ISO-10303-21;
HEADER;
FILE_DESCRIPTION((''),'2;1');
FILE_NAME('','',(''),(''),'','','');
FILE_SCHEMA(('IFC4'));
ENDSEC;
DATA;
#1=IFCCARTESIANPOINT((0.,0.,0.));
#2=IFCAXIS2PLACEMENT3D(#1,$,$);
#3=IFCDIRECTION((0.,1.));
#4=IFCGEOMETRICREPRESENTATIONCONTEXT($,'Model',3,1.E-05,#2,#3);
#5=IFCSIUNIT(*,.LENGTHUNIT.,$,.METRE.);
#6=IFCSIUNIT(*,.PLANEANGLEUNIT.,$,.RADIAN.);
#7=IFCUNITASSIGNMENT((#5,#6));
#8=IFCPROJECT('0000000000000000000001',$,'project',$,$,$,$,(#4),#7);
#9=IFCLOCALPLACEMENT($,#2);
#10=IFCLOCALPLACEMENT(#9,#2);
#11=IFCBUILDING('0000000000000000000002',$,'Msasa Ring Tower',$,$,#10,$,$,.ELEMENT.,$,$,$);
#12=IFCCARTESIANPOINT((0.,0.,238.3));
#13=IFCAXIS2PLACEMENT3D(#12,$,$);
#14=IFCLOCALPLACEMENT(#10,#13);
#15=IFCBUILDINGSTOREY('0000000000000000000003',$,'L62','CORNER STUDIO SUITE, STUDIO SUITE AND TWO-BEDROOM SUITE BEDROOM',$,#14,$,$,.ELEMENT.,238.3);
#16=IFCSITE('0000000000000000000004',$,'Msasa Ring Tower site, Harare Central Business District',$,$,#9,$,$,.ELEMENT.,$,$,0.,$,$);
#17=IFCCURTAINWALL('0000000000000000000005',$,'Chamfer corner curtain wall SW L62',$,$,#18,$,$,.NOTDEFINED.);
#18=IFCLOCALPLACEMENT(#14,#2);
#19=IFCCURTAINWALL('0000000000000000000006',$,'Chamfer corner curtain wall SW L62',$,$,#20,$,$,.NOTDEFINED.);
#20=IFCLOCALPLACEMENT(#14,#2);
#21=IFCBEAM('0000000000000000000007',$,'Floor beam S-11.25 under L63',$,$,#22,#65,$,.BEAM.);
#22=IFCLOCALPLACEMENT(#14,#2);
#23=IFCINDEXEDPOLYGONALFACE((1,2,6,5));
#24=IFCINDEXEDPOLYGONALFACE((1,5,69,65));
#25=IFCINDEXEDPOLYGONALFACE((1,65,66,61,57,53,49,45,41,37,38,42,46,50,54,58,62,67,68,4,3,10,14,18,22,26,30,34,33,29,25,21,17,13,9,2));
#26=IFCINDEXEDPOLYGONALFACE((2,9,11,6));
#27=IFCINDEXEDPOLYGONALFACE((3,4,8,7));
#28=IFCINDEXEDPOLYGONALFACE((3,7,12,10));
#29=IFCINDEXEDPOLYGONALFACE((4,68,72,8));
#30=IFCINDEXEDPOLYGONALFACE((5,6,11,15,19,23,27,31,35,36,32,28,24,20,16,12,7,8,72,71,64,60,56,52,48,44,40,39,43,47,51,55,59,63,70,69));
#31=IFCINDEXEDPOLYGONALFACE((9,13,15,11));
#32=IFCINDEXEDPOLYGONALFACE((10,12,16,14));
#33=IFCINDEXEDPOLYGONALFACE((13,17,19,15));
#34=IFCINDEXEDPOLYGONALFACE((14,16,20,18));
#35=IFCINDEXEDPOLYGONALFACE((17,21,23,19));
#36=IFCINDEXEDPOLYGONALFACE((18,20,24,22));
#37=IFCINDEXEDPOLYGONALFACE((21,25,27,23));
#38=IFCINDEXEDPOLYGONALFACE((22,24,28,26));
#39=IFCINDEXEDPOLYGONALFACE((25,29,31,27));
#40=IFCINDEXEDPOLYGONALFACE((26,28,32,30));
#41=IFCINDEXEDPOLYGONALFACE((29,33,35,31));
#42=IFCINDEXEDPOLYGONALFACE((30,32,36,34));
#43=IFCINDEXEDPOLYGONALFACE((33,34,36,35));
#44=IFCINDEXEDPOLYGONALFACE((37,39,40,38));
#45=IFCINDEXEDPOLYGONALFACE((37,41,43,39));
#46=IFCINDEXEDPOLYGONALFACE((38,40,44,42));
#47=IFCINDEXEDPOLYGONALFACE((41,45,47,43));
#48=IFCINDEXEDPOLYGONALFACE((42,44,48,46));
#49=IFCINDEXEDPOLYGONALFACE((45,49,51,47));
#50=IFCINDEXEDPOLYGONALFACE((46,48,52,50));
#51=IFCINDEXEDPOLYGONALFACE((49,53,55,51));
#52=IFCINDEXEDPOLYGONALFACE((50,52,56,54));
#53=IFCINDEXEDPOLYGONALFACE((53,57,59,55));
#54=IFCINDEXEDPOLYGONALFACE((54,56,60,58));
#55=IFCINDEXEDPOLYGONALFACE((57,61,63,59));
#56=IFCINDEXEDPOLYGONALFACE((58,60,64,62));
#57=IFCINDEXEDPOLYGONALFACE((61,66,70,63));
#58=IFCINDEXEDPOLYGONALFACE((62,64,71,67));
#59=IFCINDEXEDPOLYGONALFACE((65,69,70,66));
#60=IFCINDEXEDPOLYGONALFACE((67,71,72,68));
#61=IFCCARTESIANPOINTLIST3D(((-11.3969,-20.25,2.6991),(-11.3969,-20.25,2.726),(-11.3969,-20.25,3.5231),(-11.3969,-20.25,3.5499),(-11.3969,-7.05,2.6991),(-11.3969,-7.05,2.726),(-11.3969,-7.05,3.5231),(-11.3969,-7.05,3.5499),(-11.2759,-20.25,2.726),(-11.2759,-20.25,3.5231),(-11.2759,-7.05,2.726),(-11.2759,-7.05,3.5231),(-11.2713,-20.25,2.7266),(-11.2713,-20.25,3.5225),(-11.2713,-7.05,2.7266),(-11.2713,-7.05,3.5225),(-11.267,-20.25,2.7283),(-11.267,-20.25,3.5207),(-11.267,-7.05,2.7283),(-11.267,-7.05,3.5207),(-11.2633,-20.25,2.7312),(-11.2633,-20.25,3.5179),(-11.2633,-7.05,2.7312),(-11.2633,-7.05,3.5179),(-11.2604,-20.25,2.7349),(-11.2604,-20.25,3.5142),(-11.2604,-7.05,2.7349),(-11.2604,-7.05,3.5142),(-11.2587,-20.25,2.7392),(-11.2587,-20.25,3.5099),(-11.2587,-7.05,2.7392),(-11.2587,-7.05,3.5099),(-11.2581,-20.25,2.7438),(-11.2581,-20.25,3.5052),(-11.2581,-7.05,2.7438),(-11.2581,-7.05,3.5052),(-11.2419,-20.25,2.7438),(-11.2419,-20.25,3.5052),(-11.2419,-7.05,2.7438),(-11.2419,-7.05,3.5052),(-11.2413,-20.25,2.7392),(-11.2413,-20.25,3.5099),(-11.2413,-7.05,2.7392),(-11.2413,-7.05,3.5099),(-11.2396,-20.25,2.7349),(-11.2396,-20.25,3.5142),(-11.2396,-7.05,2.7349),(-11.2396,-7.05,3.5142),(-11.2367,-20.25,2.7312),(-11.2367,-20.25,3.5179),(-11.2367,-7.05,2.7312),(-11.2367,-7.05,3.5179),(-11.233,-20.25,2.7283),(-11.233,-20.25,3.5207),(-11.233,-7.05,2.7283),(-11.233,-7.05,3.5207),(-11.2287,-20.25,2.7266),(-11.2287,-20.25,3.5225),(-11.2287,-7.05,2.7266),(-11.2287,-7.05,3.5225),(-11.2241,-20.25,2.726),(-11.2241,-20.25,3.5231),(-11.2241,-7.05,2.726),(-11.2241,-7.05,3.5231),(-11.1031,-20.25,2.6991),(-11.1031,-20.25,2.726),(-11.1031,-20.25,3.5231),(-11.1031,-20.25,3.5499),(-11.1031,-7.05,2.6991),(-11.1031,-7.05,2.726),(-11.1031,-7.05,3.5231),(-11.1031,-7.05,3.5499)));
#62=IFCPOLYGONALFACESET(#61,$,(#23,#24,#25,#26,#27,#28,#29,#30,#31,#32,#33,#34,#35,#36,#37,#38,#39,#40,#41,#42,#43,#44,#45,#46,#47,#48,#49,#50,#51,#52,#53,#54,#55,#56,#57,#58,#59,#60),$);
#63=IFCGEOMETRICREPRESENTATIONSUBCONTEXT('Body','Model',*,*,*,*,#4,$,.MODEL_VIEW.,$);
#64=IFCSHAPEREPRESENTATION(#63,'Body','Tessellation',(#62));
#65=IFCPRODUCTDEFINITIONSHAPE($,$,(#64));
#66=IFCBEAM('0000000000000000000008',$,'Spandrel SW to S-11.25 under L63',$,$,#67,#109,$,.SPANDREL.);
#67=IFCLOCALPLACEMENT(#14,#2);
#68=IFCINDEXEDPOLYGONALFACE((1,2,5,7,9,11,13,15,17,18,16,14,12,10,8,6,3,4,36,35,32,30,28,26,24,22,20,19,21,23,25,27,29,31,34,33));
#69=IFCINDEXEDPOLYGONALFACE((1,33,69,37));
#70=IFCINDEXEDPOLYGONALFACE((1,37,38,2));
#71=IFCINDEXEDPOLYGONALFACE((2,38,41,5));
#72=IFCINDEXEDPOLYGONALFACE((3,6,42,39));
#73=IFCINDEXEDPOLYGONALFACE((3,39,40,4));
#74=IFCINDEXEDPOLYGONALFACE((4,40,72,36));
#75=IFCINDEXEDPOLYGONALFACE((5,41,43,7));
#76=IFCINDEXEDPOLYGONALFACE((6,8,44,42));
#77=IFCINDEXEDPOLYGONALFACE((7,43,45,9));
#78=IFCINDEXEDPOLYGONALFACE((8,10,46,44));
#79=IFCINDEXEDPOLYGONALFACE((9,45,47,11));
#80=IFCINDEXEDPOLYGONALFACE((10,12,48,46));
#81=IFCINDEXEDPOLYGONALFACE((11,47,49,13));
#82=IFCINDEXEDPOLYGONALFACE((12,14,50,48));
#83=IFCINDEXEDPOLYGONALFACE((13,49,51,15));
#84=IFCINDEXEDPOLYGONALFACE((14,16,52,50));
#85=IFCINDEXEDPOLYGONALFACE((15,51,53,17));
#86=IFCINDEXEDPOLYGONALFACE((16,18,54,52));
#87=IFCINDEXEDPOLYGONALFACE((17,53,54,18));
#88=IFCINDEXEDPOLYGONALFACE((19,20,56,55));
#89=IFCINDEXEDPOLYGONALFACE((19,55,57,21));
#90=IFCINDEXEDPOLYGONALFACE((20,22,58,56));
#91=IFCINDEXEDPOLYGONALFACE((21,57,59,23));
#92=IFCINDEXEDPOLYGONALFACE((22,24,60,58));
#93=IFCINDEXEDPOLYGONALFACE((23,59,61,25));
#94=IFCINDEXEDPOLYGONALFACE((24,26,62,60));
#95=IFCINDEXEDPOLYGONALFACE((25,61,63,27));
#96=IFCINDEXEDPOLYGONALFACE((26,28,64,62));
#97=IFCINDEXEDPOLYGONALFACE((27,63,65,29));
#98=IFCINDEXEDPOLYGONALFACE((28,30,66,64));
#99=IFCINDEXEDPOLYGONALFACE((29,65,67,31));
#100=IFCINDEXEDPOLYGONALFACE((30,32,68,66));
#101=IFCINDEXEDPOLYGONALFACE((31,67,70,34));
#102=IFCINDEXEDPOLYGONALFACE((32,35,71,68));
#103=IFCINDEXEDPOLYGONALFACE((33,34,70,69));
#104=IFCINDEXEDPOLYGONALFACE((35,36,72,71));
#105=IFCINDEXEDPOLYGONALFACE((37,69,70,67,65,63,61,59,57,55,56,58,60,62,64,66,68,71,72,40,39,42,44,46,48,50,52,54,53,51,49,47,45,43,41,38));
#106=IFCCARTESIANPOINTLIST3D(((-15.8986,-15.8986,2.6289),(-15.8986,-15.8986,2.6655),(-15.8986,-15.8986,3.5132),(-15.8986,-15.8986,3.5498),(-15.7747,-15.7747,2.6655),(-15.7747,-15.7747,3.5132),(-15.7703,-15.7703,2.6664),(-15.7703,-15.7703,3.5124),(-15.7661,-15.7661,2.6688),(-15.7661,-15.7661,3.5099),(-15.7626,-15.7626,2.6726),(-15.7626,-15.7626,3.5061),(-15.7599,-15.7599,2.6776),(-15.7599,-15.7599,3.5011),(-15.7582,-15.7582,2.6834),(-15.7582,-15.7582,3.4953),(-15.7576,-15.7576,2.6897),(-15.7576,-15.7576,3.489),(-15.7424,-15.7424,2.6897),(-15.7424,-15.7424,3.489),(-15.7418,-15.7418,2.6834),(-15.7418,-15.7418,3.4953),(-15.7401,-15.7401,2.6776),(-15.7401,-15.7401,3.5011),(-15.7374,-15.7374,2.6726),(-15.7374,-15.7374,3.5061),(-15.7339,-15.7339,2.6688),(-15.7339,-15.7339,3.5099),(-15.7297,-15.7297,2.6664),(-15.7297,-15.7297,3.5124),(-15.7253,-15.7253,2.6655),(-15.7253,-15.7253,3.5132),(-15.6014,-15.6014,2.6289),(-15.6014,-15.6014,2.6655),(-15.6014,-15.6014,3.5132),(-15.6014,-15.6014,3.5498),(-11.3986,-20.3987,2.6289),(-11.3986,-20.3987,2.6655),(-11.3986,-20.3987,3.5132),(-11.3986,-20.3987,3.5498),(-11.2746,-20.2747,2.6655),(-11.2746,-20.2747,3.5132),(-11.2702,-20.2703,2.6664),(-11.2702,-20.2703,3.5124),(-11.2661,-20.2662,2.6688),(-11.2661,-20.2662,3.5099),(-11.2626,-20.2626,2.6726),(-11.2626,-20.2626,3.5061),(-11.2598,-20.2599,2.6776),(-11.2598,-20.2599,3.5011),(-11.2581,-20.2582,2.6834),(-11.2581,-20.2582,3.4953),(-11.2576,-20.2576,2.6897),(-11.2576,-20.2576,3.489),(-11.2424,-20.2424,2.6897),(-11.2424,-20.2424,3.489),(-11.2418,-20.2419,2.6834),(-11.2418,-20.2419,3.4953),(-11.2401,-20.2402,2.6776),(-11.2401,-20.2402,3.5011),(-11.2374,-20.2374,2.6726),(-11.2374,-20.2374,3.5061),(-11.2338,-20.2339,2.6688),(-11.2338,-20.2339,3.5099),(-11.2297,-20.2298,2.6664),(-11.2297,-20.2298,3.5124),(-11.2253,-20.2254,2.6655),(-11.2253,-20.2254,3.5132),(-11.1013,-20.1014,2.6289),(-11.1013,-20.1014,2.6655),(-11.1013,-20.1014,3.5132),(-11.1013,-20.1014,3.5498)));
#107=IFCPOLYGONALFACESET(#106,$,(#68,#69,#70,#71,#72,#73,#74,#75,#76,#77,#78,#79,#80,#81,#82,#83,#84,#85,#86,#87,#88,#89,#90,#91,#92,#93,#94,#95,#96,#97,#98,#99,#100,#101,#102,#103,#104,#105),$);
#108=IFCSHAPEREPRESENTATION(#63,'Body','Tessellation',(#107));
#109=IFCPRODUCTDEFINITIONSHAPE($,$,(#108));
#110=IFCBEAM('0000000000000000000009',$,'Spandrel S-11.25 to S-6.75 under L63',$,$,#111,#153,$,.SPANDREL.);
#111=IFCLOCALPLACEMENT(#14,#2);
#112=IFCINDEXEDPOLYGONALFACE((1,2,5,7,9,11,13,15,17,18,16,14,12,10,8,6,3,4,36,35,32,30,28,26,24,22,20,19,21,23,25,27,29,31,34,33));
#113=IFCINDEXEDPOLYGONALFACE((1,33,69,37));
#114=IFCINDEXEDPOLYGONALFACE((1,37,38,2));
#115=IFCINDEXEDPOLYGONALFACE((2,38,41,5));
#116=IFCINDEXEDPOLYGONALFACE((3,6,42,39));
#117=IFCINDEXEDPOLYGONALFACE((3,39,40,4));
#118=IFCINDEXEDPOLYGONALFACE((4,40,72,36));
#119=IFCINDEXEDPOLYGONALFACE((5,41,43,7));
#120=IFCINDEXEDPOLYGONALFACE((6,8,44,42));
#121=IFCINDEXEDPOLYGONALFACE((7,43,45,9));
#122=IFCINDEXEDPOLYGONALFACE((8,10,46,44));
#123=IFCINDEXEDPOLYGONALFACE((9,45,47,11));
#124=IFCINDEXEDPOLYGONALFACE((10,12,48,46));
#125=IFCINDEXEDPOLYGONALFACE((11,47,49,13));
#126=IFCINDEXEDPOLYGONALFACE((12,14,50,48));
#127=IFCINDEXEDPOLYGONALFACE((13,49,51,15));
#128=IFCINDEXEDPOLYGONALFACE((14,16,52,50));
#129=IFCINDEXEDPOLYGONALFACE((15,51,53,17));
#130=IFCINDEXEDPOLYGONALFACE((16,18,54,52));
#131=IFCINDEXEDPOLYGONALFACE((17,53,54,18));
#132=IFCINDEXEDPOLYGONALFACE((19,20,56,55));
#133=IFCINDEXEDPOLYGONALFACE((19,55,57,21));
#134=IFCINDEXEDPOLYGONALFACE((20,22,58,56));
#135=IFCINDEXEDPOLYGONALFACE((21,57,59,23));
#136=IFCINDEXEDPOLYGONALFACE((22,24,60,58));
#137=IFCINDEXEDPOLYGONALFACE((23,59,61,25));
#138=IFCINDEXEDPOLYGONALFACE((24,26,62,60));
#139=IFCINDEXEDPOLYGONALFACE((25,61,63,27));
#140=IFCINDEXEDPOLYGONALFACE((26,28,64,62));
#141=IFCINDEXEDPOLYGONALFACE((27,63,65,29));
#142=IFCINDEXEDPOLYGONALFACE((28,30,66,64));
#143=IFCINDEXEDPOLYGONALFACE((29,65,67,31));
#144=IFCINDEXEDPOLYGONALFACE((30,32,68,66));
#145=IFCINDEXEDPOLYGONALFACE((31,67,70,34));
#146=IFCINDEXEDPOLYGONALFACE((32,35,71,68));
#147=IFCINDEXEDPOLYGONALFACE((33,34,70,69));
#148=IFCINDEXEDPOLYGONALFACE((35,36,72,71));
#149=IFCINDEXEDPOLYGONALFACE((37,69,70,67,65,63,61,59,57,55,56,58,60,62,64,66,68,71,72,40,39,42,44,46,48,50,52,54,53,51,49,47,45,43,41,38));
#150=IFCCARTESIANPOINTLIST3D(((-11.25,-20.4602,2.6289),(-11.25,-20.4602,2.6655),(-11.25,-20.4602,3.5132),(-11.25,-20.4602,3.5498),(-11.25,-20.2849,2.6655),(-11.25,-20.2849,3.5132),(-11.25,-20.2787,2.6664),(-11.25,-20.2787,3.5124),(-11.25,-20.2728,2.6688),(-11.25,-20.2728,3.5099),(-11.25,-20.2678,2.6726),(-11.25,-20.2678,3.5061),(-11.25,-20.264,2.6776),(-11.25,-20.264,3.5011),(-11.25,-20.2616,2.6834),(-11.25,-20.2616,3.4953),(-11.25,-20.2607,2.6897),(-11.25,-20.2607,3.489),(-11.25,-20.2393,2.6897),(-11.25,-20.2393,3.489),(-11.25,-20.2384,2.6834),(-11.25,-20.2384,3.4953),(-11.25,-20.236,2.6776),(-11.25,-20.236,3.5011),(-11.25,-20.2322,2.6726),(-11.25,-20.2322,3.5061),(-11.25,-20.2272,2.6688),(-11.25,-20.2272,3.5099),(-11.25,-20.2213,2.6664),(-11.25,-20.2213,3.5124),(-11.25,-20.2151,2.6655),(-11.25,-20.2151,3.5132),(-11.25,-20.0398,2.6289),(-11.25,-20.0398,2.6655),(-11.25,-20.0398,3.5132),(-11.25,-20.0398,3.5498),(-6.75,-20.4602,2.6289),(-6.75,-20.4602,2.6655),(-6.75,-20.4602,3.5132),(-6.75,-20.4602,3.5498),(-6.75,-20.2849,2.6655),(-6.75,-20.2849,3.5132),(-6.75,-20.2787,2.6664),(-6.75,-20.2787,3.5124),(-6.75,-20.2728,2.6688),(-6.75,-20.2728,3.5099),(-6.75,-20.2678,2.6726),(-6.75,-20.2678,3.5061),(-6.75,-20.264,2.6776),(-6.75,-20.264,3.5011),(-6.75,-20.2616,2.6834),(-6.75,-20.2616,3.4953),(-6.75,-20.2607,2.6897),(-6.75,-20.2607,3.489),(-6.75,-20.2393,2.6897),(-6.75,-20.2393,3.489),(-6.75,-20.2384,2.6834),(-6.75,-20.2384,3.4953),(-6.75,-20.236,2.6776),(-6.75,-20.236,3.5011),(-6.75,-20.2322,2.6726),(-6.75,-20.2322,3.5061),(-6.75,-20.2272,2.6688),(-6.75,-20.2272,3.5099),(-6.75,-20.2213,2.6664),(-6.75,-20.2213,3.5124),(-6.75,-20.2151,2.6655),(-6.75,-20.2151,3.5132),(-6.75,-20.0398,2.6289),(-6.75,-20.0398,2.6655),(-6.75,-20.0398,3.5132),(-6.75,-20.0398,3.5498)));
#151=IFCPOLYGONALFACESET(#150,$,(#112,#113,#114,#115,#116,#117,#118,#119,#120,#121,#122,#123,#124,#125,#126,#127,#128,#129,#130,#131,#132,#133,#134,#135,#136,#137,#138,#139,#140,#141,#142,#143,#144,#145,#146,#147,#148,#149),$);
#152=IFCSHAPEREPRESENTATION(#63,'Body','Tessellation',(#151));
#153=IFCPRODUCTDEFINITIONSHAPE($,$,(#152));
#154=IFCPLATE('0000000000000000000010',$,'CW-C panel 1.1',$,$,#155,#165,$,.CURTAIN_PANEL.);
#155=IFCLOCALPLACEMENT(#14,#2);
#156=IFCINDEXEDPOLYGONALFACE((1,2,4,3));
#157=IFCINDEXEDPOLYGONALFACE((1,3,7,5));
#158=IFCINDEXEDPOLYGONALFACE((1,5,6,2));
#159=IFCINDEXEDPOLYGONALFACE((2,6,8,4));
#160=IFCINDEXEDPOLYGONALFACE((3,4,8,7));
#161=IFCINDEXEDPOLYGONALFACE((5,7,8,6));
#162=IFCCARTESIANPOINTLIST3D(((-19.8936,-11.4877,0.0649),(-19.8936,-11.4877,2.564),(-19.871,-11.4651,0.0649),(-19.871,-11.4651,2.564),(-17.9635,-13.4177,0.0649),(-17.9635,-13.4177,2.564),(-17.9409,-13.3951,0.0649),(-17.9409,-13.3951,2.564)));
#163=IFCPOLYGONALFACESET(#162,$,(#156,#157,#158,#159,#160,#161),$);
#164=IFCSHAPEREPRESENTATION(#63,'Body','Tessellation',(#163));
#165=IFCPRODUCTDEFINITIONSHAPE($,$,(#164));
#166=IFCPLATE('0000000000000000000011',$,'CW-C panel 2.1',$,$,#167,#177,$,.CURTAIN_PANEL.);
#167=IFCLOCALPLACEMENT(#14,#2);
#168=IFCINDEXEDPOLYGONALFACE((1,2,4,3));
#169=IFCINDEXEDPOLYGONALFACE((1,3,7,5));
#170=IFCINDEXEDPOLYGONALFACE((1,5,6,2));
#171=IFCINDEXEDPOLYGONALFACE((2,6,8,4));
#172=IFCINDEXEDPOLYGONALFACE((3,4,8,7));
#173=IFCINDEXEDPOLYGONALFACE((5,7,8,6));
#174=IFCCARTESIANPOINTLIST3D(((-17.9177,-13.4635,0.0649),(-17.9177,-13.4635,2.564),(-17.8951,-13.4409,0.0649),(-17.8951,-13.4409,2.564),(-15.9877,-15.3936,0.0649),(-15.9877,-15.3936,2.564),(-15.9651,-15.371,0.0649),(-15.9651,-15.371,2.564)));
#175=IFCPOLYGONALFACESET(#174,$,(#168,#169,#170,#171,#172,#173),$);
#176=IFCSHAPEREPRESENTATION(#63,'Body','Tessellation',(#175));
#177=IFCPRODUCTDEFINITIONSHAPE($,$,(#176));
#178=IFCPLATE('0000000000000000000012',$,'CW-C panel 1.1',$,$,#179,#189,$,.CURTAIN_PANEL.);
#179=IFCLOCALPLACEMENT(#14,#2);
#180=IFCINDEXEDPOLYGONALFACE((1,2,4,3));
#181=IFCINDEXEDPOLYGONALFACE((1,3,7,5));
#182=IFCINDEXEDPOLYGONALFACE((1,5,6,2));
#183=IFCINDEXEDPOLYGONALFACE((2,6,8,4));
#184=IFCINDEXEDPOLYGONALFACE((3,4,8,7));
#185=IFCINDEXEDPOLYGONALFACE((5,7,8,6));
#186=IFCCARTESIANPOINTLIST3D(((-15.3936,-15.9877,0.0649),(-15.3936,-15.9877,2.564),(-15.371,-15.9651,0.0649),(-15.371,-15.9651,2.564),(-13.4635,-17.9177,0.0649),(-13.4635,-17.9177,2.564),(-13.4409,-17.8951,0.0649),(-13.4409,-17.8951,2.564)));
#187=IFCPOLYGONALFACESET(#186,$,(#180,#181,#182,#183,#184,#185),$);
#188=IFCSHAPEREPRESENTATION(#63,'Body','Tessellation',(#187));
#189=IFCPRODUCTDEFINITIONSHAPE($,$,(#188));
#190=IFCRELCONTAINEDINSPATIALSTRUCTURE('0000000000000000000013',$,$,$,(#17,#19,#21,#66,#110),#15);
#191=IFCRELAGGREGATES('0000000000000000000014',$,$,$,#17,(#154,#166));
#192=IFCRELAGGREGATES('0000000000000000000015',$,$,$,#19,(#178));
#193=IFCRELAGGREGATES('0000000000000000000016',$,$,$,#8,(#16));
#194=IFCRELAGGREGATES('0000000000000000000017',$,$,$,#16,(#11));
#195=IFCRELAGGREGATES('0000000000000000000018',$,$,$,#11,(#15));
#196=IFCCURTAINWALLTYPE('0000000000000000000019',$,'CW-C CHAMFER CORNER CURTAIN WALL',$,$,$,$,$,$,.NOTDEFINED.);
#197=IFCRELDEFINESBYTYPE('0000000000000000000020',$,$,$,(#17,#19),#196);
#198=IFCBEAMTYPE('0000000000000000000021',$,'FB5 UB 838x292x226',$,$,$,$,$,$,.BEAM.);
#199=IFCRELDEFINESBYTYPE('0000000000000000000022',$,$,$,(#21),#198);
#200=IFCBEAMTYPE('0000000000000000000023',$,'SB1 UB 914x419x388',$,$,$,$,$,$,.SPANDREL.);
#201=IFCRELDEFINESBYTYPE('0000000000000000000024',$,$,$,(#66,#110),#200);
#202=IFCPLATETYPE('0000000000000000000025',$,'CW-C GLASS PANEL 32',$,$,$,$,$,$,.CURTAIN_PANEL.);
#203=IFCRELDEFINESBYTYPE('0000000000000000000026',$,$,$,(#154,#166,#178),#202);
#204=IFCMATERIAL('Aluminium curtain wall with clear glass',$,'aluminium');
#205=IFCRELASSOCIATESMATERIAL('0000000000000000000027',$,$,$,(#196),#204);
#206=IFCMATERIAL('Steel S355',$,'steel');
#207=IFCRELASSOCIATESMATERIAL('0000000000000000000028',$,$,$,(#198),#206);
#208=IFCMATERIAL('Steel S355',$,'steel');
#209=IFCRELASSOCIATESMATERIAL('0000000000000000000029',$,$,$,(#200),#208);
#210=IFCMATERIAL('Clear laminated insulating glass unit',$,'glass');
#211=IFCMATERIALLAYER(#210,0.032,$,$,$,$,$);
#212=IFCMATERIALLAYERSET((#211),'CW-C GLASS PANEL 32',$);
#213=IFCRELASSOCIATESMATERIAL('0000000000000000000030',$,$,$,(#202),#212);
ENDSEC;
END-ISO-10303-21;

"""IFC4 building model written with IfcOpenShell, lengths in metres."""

from ifc_helpers import new_model, si_unit, direction, frame, origin, origin_2d, place, context, subcontext, project, spatial, rectangle, i_section, extrude, material, layer, layer_set, material_profile, profile_set, type_object, element, aggregate, save


model = new_model("IFC4")

# Units and contexts
model_context = context("Model", 3, precision=1e-05, world=origin(), true_north=direction((0.0, 1.0)))
body_context = subcontext(model_context, "Body", "Model", "MODEL_VIEW")
ifc_project = project(units=[si_unit("LENGTHUNIT", "METRE"), si_unit("PLANEANGLEUNIT", "RADIAN")], contexts=[model_context])

# Site, building, storey
site_placement = place(None, origin())
site = spatial("IfcSite", under=ifc_project, at=site_placement, Name="Msasa Ring Tower site, Harare Central Business District", CompositionType="ELEMENT", RefElevation=0.0)
building_placement = place(site_placement, origin())
building = spatial("IfcBuilding", under=site, at=building_placement, Name="Msasa Ring Tower", CompositionType="ELEMENT")
storey_placement = place(building_placement, frame((0.0, 0.0, 238.3)))
storey = spatial("IfcBuildingStorey", under=building, at=storey_placement, Name="L62", Description="CORNER STUDIO SUITE, STUDIO SUITE AND TWO-BEDROOM SUITE BEDROOM", CompositionType="ELEMENT", Elevation=238.3)

# Curtain walls
ifc_material_1 = material(Name="Aluminium curtain wall with clear glass", Category="aluminium")
curtain_wall_type = type_object("IfcCurtainWallType", Name="CW-C CHAMFER CORNER CURTAIN WALL", PredefinedType="NOTDEFINED", material=ifc_material_1)
curtain_wall_1_placement = place(storey_placement, origin())
curtain_wall_1 = element("IfcCurtainWall", 1, at=curtain_wall_1_placement, inside=storey, type_object=curtain_wall_type, Name="Chamfer corner curtain wall SW L62", PredefinedType="NOTDEFINED")
curtain_wall_2_placement = place(storey_placement, origin())
curtain_wall_2 = element("IfcCurtainWall", 2, at=curtain_wall_2_placement, inside=storey, type_object=curtain_wall_type, Name="Chamfer corner curtain wall SW L62", PredefinedType="NOTDEFINED")

# Beams
ifc_material_2 = material(Name="Steel S355", Category="steel")
ifc_material_profile_1 = material_profile(ifc_material_2, i_section(OverallWidth=0.2937, OverallDepth=0.8508, WebThickness=0.0161, FlangeThickness=0.0269, FilletRadius=0.0178, at=origin_2d()), Name="UB 838x292x226")
ifc_profile_set_1 = profile_set([ifc_material_profile_1], Name="Steel S355")
beam_type_1 = type_object("IfcBeamType", Name="FB5 UB 838x292x226", PredefinedType="BEAM", material=ifc_profile_set_1)
beam_1_placement = place(storey_placement, frame((-11.25, -20.25, 3.1245), z_axis=(0.0, 1.0, 0.0), x_axis=(-1.0, 0.0, 0.0)))
element("IfcBeam", 3, at=beam_1_placement, inside=storey, type_object=beam_type_1, Name="Floor beam S-11.25 under L63", PredefinedType="BEAM", context=body_context, shape_type="SweptSolid", body=[
    extrude(i_section(OverallWidth=0.2937, OverallDepth=0.8508, WebThickness=0.0161, FlangeThickness=0.0269, FilletRadius=0.0178, at=origin_2d()), origin(), (0.0, 0.0, 1.0), 13.2),
])
ifc_material_3 = material(Name="Steel S355", Category="steel")
ifc_material_profile_2 = material_profile(ifc_material_3, i_section(OverallWidth=0.4204, OverallDepth=0.9209, WebThickness=0.0215, FlangeThickness=0.0366, FilletRadius=0.0242, at=origin_2d()), Name="UB 914x419x388")
ifc_profile_set_2 = profile_set([ifc_material_profile_2], Name="Steel S355")
beam_type_2 = type_object("IfcBeamType", Name="SB1 UB 914x419x388", PredefinedType="SPANDREL", material=ifc_profile_set_2)
beam_2_placement = place(storey_placement, frame((-15.75, -15.75, 3.0894), z_axis=(0.707107, -0.707107, 0.0), x_axis=(0.707107, 0.707107, 0.0)))
element("IfcBeam", 4, at=beam_2_placement, inside=storey, type_object=beam_type_2, Name="Spandrel SW to S-11.25 under L63", PredefinedType="SPANDREL", context=body_context, shape_type="SweptSolid", body=[
    extrude(i_section(OverallWidth=0.4204, OverallDepth=0.9209, WebThickness=0.0215, FlangeThickness=0.0366, FilletRadius=0.0242, at=origin_2d()), origin(), (0.0, 0.0, 1.0), 6.364),
])
beam_3_placement = place(storey_placement, frame((-11.25, -20.25, 3.0894), z_axis=(1.0, 0.0, 0.0), x_axis=(0.0, 1.0, 0.0)))
element("IfcBeam", 5, at=beam_3_placement, inside=storey, type_object=beam_type_2, Name="Spandrel S-11.25 to S-6.75 under L63", PredefinedType="SPANDREL", context=body_context, shape_type="SweptSolid", body=[
    extrude(i_section(OverallWidth=0.4204, OverallDepth=0.9209, WebThickness=0.0215, FlangeThickness=0.0366, FilletRadius=0.0242, at=origin_2d()), origin(), (0.0, 0.0, 1.0), 4.5),
])

# Plates
ifc_material_4 = material(Name="Clear laminated insulating glass unit", Category="glass")
ifc_layer_1 = layer(ifc_material_4, 0.032)
ifc_layer_set_1 = layer_set([ifc_layer_1], Name="CW-C GLASS PANEL 32")
plate_type = type_object("IfcPlateType", Name="CW-C GLASS PANEL 32", PredefinedType="CURTAIN_PANEL", material=ifc_layer_set_1)
plate_1_placement = place(storey_placement, frame((-18.9172, -12.4414, 0.0649), z_axis=(0.0, 0.0, 1.0), x_axis=(0.707107, -0.707107, 0.0)))
plate_1 = element("IfcPlate", 6, at=plate_1_placement, type_object=plate_type, Name="CW-C panel 1.1", PredefinedType="CURTAIN_PANEL", context=body_context, shape_type="SweptSolid", body=[
    extrude(rectangle(XDim=2.7295, YDim=0.032, at=origin_2d()), origin(), (0.0, 0.0, 1.0), 2.499),
])
plate_2_placement = place(storey_placement, frame((-16.9414, -14.4172, 0.0649), z_axis=(0.0, 0.0, 1.0), x_axis=(0.707107, -0.707107, 0.0)))
plate_2 = element("IfcPlate", 7, at=plate_2_placement, type_object=plate_type, Name="CW-C panel 2.1", PredefinedType="CURTAIN_PANEL", context=body_context, shape_type="SweptSolid", body=[
    extrude(rectangle(XDim=2.7295, YDim=0.032, at=origin_2d()), origin(), (0.0, 0.0, 1.0), 2.499),
])
aggregate(curtain_wall_1, [plate_1, plate_2])
plate_3_placement = place(storey_placement, frame((-14.4172, -16.9414, 0.0649), z_axis=(0.0, 0.0, 1.0), x_axis=(0.707107, -0.707107, 0.0)))
plate_3 = element("IfcPlate", 8, at=plate_3_placement, type_object=plate_type, Name="CW-C panel 1.1", PredefinedType="CURTAIN_PANEL", context=body_context, shape_type="SweptSolid", body=[
    extrude(rectangle(XDim=2.7295, YDim=0.032, at=origin_2d()), origin(), (0.0, 0.0, 1.0), 2.499),
])
aggregate(curtain_wall_2, [plate_3])

save(model, "model.ifc")
